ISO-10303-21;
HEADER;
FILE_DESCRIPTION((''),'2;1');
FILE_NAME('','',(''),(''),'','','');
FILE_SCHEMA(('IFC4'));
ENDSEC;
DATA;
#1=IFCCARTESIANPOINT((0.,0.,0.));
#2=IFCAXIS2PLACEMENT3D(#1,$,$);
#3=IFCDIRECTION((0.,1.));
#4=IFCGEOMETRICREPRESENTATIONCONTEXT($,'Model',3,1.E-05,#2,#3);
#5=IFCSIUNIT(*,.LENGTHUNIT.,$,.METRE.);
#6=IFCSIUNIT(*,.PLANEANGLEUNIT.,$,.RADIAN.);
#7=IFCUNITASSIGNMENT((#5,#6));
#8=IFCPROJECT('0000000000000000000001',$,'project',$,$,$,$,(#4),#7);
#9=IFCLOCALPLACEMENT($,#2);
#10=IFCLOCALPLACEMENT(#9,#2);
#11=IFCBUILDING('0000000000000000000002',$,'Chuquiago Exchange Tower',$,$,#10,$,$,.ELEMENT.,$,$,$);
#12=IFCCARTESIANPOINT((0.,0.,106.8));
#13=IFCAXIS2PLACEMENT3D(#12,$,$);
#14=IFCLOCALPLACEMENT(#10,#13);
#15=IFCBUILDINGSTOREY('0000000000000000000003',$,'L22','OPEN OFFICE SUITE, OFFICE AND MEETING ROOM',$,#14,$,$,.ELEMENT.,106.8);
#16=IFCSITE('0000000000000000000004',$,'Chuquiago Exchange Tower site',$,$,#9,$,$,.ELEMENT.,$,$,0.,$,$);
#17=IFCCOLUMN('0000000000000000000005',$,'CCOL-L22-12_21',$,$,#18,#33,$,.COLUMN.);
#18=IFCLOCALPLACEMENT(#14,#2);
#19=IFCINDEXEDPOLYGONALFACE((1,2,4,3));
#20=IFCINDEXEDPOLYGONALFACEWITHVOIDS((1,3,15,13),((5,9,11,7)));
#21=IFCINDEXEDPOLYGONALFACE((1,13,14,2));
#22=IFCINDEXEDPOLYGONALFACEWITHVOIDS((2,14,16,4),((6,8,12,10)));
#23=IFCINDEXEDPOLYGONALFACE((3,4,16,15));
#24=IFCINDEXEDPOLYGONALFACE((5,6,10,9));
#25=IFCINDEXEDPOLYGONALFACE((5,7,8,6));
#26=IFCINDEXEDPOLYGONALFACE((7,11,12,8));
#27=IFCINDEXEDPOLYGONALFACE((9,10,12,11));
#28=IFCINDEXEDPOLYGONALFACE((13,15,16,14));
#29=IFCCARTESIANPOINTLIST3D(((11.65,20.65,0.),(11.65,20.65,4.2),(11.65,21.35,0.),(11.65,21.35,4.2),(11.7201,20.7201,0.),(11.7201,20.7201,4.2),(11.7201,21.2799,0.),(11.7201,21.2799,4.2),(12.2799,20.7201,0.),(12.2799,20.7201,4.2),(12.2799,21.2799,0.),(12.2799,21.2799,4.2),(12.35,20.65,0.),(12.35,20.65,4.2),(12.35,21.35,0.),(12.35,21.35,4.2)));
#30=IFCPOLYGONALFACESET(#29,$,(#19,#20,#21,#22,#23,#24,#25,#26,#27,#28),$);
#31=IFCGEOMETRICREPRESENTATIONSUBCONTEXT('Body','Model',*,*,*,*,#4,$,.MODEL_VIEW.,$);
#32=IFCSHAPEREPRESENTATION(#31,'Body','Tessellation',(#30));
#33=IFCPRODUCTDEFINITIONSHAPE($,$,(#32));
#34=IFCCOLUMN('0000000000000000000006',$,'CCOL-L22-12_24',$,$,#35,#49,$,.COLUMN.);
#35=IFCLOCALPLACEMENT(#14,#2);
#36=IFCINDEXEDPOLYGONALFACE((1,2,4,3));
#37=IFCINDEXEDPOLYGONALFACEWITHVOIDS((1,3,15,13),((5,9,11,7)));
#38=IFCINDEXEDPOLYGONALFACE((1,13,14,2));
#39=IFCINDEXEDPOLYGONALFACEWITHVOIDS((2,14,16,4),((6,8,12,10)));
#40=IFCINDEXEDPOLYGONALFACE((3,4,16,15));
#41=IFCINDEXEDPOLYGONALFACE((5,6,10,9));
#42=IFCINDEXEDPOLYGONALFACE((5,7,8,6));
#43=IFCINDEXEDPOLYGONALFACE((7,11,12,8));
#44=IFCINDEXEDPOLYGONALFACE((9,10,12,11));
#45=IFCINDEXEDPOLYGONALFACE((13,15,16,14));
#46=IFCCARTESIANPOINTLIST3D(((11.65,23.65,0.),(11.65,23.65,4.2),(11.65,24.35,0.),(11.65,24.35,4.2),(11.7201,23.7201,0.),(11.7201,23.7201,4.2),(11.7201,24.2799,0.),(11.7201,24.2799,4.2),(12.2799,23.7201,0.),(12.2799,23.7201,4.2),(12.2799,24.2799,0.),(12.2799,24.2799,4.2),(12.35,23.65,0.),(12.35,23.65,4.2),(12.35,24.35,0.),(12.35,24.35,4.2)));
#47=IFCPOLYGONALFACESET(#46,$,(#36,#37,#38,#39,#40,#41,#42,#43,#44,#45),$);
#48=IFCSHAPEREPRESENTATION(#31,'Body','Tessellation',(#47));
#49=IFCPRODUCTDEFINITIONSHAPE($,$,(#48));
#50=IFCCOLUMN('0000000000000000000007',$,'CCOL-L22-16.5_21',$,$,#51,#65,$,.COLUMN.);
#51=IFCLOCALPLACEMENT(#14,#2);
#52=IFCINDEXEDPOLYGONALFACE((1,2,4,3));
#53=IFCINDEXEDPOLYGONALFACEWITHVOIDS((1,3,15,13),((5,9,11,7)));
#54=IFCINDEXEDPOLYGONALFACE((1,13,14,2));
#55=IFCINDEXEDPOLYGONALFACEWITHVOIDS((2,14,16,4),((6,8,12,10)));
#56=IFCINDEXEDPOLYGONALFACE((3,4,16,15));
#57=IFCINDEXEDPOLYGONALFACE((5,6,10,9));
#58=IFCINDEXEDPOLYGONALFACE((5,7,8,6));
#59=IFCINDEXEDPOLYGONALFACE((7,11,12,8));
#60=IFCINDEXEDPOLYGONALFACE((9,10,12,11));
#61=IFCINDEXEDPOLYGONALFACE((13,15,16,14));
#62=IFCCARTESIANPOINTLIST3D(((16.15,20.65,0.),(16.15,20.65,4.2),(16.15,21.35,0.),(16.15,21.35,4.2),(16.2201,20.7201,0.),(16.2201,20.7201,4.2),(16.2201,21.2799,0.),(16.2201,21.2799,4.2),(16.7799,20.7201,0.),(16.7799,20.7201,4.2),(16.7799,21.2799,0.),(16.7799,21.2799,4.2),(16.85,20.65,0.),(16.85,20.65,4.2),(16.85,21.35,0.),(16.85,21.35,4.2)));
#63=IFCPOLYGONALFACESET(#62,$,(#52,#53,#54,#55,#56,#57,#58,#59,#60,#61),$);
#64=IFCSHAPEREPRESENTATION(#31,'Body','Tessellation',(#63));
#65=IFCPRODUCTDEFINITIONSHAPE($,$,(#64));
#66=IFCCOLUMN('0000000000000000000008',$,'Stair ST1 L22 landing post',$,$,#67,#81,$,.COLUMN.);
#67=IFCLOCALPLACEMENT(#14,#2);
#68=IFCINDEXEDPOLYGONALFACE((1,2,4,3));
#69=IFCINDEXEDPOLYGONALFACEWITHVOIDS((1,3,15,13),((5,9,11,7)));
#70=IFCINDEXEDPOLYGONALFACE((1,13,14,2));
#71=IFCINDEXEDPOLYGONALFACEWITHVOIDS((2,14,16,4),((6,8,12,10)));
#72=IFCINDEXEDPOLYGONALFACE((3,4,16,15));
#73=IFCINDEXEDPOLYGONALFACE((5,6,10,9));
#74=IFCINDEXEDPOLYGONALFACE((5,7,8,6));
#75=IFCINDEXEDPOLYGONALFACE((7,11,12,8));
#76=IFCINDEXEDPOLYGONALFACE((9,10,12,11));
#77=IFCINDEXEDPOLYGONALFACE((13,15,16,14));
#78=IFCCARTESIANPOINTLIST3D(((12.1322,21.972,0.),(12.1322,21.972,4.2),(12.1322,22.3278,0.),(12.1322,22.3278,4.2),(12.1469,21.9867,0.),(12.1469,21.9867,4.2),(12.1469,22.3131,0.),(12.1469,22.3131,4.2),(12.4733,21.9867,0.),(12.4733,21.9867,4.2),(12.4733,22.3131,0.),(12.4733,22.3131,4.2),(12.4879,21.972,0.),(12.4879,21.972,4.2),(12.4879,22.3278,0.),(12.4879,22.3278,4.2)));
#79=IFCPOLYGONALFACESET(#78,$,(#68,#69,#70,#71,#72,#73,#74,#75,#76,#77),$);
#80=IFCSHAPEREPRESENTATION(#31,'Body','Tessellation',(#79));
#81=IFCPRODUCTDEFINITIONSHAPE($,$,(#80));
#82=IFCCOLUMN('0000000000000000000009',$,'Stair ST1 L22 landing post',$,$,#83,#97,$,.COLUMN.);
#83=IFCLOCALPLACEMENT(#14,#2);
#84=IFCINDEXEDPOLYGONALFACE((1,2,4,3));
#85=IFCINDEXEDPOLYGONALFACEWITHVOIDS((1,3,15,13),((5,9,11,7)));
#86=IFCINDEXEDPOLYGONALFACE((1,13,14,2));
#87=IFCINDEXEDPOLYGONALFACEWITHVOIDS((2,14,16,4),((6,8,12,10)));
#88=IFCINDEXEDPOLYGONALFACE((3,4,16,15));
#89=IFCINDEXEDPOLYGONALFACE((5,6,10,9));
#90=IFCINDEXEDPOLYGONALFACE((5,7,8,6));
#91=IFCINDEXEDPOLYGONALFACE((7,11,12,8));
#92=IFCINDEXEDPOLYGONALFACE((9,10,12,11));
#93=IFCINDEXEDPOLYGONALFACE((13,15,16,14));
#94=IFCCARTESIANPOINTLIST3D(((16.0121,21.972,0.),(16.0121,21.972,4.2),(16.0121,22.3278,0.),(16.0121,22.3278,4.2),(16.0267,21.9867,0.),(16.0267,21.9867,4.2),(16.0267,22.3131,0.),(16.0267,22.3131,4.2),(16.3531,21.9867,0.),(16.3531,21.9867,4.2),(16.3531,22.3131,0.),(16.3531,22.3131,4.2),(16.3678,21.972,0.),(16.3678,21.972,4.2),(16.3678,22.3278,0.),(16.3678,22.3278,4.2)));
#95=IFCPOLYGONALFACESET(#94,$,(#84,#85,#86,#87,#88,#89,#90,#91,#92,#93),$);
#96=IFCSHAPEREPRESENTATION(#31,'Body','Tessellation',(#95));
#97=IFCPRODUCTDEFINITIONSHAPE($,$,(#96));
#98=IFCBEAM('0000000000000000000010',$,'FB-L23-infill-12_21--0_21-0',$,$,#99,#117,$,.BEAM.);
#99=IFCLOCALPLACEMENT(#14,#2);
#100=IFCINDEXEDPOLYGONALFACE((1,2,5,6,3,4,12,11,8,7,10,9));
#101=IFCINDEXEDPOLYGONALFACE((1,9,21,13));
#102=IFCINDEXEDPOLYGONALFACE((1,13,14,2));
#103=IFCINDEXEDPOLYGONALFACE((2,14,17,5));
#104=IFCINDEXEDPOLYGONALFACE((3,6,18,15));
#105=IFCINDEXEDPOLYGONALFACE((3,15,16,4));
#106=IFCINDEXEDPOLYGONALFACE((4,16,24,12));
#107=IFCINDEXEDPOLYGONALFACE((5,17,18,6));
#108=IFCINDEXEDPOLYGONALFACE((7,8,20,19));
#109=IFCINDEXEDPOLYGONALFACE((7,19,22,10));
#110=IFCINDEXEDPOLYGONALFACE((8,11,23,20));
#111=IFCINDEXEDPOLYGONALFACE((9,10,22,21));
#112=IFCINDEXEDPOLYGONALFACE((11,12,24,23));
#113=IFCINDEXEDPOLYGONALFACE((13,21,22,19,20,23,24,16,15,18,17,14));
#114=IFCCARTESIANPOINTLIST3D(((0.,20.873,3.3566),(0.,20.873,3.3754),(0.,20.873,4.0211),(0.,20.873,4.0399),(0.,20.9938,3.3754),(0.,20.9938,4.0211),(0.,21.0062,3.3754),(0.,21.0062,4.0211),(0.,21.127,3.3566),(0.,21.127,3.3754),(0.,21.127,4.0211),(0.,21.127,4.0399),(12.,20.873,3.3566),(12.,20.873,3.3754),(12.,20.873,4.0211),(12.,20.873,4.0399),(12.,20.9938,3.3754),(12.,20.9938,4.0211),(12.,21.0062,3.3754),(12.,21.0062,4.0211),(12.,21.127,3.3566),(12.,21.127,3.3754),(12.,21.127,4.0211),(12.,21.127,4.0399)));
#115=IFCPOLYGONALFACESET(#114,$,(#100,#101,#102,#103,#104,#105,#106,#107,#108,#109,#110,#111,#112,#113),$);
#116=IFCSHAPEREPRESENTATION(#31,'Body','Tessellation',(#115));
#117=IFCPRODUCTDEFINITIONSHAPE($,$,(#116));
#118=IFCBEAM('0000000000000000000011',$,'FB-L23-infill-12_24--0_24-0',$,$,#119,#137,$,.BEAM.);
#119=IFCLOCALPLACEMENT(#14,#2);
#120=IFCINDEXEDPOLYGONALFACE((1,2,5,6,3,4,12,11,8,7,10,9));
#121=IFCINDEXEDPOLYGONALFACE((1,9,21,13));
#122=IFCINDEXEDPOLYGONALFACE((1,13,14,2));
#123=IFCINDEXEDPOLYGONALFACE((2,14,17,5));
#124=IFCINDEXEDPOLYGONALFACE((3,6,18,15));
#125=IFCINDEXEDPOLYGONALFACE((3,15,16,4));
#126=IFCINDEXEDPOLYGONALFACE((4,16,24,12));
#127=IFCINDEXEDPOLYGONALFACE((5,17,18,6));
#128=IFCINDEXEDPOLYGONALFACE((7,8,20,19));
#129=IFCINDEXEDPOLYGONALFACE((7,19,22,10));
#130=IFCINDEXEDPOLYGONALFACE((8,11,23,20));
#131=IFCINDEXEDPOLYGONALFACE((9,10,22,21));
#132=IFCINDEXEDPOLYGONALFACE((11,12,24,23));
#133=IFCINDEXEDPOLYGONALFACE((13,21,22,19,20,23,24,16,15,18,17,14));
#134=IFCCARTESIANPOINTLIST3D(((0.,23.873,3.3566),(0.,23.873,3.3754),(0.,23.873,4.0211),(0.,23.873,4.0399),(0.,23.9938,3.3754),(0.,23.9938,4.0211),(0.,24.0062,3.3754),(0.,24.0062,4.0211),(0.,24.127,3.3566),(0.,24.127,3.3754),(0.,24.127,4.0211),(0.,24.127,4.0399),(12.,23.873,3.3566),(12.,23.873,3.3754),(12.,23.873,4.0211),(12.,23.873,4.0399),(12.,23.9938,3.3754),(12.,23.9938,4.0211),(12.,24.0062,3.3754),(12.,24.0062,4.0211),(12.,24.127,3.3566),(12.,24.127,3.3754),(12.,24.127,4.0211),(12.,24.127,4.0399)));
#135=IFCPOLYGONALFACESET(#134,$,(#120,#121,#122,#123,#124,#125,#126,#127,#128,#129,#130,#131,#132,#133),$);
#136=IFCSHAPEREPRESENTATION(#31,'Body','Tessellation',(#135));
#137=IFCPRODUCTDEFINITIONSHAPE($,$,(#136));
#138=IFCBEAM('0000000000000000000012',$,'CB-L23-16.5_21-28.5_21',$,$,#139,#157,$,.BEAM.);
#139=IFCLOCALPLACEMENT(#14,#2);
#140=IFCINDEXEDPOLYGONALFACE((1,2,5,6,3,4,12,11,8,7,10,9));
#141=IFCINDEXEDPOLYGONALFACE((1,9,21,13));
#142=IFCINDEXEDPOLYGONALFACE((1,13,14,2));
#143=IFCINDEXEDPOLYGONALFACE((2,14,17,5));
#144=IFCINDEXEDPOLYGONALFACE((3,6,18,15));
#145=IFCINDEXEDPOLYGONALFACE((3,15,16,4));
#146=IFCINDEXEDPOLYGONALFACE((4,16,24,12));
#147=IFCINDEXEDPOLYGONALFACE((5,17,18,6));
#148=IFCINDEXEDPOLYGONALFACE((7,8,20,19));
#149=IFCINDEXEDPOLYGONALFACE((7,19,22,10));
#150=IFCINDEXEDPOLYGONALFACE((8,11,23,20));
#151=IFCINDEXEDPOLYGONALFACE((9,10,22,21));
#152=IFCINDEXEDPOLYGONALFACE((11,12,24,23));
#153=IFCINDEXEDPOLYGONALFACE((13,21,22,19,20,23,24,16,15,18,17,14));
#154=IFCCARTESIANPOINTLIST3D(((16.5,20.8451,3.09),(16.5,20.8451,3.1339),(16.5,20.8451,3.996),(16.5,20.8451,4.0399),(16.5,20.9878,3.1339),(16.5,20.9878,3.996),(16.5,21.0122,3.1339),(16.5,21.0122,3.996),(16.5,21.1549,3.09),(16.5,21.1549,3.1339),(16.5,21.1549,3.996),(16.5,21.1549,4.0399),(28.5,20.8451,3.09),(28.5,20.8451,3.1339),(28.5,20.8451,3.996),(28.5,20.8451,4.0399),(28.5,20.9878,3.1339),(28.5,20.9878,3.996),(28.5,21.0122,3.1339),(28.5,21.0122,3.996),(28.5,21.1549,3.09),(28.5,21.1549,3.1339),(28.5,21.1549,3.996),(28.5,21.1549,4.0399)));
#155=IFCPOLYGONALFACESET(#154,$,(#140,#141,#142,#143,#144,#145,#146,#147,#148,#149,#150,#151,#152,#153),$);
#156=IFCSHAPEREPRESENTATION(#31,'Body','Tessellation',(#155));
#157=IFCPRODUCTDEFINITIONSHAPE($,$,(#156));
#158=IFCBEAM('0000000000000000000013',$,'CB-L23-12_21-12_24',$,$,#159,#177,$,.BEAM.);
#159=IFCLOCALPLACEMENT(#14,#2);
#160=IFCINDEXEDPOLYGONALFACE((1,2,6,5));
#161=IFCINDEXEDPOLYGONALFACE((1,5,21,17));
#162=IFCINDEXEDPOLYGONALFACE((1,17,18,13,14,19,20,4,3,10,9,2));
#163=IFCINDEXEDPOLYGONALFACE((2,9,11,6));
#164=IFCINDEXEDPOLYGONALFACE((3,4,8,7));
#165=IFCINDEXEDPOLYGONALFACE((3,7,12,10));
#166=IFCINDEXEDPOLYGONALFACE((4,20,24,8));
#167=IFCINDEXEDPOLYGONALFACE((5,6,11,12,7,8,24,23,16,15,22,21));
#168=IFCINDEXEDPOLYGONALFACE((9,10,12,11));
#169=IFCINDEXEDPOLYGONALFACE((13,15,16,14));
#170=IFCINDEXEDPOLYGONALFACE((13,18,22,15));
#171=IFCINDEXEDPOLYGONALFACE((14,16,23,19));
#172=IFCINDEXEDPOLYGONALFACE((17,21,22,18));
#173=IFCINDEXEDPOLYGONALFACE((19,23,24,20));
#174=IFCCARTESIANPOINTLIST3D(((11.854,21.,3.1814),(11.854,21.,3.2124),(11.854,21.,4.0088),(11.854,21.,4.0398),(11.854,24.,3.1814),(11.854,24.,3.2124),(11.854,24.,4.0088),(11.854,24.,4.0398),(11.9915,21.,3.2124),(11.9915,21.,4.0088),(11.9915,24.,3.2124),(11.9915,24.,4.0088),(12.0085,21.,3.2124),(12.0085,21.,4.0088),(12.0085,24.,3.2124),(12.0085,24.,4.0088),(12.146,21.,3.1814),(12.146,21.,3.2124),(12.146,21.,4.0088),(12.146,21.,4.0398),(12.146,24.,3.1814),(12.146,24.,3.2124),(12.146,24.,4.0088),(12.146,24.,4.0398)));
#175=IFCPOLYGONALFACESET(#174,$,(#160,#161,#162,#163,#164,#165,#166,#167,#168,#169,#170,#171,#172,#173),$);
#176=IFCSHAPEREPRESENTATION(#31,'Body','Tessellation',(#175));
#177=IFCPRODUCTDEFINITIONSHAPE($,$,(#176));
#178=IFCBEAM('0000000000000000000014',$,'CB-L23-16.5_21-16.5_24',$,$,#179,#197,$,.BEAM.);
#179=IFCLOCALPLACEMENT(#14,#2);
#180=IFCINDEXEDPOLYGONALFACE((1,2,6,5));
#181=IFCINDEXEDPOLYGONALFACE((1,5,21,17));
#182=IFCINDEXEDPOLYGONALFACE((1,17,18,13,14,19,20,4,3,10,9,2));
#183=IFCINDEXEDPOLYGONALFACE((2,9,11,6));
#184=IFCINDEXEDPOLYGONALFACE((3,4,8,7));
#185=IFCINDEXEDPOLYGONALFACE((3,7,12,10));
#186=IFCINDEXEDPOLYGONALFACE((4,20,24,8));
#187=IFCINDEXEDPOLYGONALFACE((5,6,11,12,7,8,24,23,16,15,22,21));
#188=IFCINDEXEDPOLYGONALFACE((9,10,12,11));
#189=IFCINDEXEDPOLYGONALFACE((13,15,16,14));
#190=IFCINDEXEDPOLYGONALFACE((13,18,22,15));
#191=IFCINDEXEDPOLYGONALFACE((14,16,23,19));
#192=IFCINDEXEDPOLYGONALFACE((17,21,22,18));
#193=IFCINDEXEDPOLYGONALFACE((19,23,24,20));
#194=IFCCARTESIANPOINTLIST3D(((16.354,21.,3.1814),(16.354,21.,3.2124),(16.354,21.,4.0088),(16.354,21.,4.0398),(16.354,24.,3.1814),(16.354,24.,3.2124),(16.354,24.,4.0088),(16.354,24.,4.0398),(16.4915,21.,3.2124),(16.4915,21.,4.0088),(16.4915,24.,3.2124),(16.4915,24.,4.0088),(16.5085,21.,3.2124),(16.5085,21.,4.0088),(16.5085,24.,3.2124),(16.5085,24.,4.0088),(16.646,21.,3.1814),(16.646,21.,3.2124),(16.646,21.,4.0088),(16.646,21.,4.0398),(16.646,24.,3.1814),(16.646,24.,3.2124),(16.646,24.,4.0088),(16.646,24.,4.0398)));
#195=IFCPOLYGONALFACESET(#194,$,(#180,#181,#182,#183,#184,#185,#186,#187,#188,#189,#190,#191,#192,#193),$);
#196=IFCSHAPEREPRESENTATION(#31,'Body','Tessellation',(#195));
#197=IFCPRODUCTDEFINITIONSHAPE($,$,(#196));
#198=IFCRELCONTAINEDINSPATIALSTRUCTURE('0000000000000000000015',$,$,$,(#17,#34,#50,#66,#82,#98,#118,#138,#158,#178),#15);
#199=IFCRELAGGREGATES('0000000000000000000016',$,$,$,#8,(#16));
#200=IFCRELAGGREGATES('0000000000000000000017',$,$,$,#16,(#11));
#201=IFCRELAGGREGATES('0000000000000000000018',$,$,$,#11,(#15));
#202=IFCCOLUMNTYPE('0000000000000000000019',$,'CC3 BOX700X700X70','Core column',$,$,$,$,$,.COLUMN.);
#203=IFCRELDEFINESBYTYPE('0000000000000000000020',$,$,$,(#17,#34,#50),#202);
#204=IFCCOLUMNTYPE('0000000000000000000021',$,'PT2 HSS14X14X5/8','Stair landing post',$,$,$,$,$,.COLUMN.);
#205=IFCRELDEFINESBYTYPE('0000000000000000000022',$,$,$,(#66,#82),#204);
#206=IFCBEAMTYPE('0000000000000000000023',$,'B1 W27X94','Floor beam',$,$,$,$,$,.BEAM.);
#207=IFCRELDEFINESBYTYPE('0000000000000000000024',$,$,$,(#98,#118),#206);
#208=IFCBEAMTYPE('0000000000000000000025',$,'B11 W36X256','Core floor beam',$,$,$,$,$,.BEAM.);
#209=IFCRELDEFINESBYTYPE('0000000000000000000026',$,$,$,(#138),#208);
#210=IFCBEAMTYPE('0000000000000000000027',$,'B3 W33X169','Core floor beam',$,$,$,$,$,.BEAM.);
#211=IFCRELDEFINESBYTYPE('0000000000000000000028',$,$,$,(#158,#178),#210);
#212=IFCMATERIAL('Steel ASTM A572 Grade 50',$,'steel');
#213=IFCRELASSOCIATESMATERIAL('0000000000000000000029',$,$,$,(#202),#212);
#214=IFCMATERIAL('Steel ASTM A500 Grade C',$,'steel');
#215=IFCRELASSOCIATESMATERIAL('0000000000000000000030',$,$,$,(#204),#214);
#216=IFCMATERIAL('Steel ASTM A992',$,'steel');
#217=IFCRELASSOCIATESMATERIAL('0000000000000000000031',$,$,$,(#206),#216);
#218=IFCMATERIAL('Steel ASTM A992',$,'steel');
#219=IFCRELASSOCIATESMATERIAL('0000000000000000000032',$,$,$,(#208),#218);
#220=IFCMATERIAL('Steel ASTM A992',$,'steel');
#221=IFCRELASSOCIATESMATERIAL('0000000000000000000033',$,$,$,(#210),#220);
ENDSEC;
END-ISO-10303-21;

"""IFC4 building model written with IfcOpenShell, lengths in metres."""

from ifc_helpers import new_model, si_unit, direction, frame, origin, origin_2d, place, context, subcontext, project, spatial, hollow_rectangle, i_section, extrude, material, material_profile, profile_set, type_object, element, save


model = new_model("IFC4")

# Units and contexts
model_context = context("Model", 3, precision=1e-05, world=origin(), true_north=direction((0.0, 1.0)))
body_context = subcontext(model_context, "Body", "Model", "MODEL_VIEW")
ifc_project = project(units=[si_unit("LENGTHUNIT", "METRE"), si_unit("PLANEANGLEUNIT", "RADIAN")], contexts=[model_context])

# Site, building, storey
site_placement = place(None, origin())
site = spatial("IfcSite", under=ifc_project, at=site_placement, Name="Chuquiago Exchange Tower site", CompositionType="ELEMENT", RefElevation=0.0)
building_placement = place(site_placement, origin())
building = spatial("IfcBuilding", under=site, at=building_placement, Name="Chuquiago Exchange Tower", CompositionType="ELEMENT")
storey_placement = place(building_placement, frame((0.0, 0.0, 106.8)))
storey = spatial("IfcBuildingStorey", under=building, at=storey_placement, Name="L22", Description="OPEN OFFICE SUITE, OFFICE AND MEETING ROOM", CompositionType="ELEMENT", Elevation=106.8)

# Columns
ifc_material_1 = material(Name="Steel ASTM A572 Grade 50", Category="steel")
ifc_material_profile_1 = material_profile(ifc_material_1, hollow_rectangle(XDim=0.7, YDim=0.7, WallThickness=0.0701, at=origin_2d()), Name="BOX700X700X70")
ifc_profile_set_1 = profile_set([ifc_material_profile_1], Name="Steel ASTM A572 Grade 50")
column_type_1 = type_object("IfcColumnType", Name="CC3 BOX700X700X70", Description="Core column", PredefinedType="COLUMN", material=ifc_profile_set_1)
for number, where, z_axis, x_axis, name in (
    (1, (12.0, 21.0, 0.0), (0.0, 0.0, 1.0), (1.0, 0.0, 0.0), "CCOL-L22-12_21"),
    (2, (12.0, 24.0, 0.0), (0.0, 0.0, 1.0), (1.0, 0.0, 0.0), "CCOL-L22-12_24"),
    (3, (16.5, 21.0, 0.0), (0.0, 0.0, 1.0), (1.0, 0.0, 0.0), "CCOL-L22-16.5_21"),
):
    element("IfcColumn", number, at=place(storey_placement, frame(where, z_axis=z_axis, x_axis=x_axis)), inside=storey, type_object=column_type_1, Name=name, PredefinedType="COLUMN", context=body_context, shape_type="SweptSolid", body=[
        extrude(hollow_rectangle(XDim=0.7, YDim=0.7, WallThickness=0.0701, at=origin_2d()), origin(), (0.0, 0.0, 1.0), 4.2),
    ])
ifc_material_2 = material(Name="Steel ASTM A500 Grade C", Category="steel")
ifc_material_profile_2 = material_profile(ifc_material_2, hollow_rectangle(XDim=0.3557, YDim=0.3557, WallThickness=0.0146, at=origin_2d()), Name="HSS14X14X5/8")
ifc_profile_set_2 = profile_set([ifc_material_profile_2], Name="Steel ASTM A500 Grade C")
column_type_2 = type_object("IfcColumnType", Name="PT2 HSS14X14X5/8", Description="Stair landing post", PredefinedType="COLUMN", material=ifc_profile_set_2)
for number, where, z_axis, x_axis, name in (
    (4, (12.3101, 22.1499, 0.0), (0.0, 0.0, 1.0), (1.0, 0.0, 0.0), "Stair ST1 L22 landing post"),
    (5, (16.1899, 22.1499, 0.0), (0.0, 0.0, 1.0), (1.0, 0.0, 0.0), "Stair ST1 L22 landing post"),
):
    element("IfcColumn", number, at=place(storey_placement, frame(where, z_axis=z_axis, x_axis=x_axis)), inside=storey, type_object=column_type_2, Name=name, PredefinedType="COLUMN", context=body_context, shape_type="SweptSolid", body=[
        extrude(hollow_rectangle(XDim=0.3557, YDim=0.3557, WallThickness=0.0146, at=origin_2d()), origin(), (0.0, 0.0, 1.0), 4.2),
    ])

# Beams
ifc_material_3 = material(Name="Steel ASTM A992", Category="steel")
ifc_material_profile_3 = material_profile(ifc_material_3, i_section(OverallWidth=0.2539, OverallDepth=0.6833, WebThickness=0.0125, FlangeThickness=0.0188, at=origin_2d()), Name="W27X94")
ifc_profile_set_3 = profile_set([ifc_material_profile_3], Name="Steel ASTM A992")
beam_type_1 = type_object("IfcBeamType", Name="B1 W27X94", Description="Floor beam", PredefinedType="BEAM", material=ifc_profile_set_3)
for number, where, z_axis, x_axis, name in (
    (6, (12.0, 21.0, 3.6982), (-1.0, 0.0, 0.0), (0.0, -1.0, 0.0), "FB-L23-infill-12_21--0_21-0"),
    (7, (12.0, 24.0, 3.6982), (-1.0, 0.0, 0.0), (0.0, -1.0, 0.0), "FB-L23-infill-12_24--0_24-0"),
):
    element("IfcBeam", number, at=place(storey_placement, frame(where, z_axis=z_axis, x_axis=x_axis)), inside=storey, type_object=beam_type_1, Name=name, PredefinedType="BEAM", context=body_context, shape_type="SweptSolid", body=[
        extrude(i_section(OverallWidth=0.2539, OverallDepth=0.6833, WebThickness=0.0125, FlangeThickness=0.0188, at=origin_2d()), origin(), (0.0, 0.0, 1.0), 12.0),
    ])
ifc_material_4 = material(Name="Steel ASTM A992", Category="steel")
ifc_material_profile_4 = material_profile(ifc_material_4, i_section(OverallWidth=0.3098, OverallDepth=0.95, WebThickness=0.0244, FlangeThickness=0.0439, at=origin_2d()), Name="W36X256")
ifc_profile_set_4 = profile_set([ifc_material_profile_4], Name="Steel ASTM A992")
beam_type_2 = type_object("IfcBeamType", Name="B11 W36X256", Description="Core floor beam", PredefinedType="BEAM", material=ifc_profile_set_4)
beam_placement = place(storey_placement, frame((16.5, 21.0, 3.5649), z_axis=(1.0, 0.0, 0.0), x_axis=(0.0, 1.0, 0.0)))
element("IfcBeam", 8, at=beam_placement, inside=storey, type_object=beam_type_2, Name="CB-L23-16.5_21-28.5_21", PredefinedType="BEAM", context=body_context, shape_type="SweptSolid", body=[
    extrude(i_section(OverallWidth=0.3098, OverallDepth=0.95, WebThickness=0.0244, FlangeThickness=0.0439, at=origin_2d()), origin(), (0.0, 0.0, 1.0), 12.0),
])
ifc_material_5 = material(Name="Steel ASTM A992", Category="steel")
ifc_material_profile_5 = material_profile(ifc_material_5, i_section(OverallWidth=0.292, OverallDepth=0.8584, WebThickness=0.0171, FlangeThickness=0.031, at=origin_2d()), Name="W33X169")
ifc_profile_set_5 = profile_set([ifc_material_profile_5], Name="Steel ASTM A992")
beam_type_3 = type_object("IfcBeamType", Name="B3 W33X169", Description="Core floor beam", PredefinedType="BEAM", material=ifc_profile_set_5)
for number, where, z_axis, x_axis, name in (
    (9, (12.0, 21.0, 3.6106), (0.0, 1.0, 0.0), (-1.0, 0.0, 0.0), "CB-L23-12_21-12_24"),
    (10, (16.5, 21.0, 3.6106), (0.0, 1.0, 0.0), (-1.0, 0.0, 0.0), "CB-L23-16.5_21-16.5_24"),
):
    element("IfcBeam", number, at=place(storey_placement, frame(where, z_axis=z_axis, x_axis=x_axis)), inside=storey, type_object=beam_type_3, Name=name, PredefinedType="BEAM", context=body_context, shape_type="SweptSolid", body=[
        extrude(i_section(OverallWidth=0.292, OverallDepth=0.8584, WebThickness=0.0171, FlangeThickness=0.031, at=origin_2d()), origin(), (0.0, 0.0, 1.0), 3.0),
    ])

save(model, "model.ifc")
